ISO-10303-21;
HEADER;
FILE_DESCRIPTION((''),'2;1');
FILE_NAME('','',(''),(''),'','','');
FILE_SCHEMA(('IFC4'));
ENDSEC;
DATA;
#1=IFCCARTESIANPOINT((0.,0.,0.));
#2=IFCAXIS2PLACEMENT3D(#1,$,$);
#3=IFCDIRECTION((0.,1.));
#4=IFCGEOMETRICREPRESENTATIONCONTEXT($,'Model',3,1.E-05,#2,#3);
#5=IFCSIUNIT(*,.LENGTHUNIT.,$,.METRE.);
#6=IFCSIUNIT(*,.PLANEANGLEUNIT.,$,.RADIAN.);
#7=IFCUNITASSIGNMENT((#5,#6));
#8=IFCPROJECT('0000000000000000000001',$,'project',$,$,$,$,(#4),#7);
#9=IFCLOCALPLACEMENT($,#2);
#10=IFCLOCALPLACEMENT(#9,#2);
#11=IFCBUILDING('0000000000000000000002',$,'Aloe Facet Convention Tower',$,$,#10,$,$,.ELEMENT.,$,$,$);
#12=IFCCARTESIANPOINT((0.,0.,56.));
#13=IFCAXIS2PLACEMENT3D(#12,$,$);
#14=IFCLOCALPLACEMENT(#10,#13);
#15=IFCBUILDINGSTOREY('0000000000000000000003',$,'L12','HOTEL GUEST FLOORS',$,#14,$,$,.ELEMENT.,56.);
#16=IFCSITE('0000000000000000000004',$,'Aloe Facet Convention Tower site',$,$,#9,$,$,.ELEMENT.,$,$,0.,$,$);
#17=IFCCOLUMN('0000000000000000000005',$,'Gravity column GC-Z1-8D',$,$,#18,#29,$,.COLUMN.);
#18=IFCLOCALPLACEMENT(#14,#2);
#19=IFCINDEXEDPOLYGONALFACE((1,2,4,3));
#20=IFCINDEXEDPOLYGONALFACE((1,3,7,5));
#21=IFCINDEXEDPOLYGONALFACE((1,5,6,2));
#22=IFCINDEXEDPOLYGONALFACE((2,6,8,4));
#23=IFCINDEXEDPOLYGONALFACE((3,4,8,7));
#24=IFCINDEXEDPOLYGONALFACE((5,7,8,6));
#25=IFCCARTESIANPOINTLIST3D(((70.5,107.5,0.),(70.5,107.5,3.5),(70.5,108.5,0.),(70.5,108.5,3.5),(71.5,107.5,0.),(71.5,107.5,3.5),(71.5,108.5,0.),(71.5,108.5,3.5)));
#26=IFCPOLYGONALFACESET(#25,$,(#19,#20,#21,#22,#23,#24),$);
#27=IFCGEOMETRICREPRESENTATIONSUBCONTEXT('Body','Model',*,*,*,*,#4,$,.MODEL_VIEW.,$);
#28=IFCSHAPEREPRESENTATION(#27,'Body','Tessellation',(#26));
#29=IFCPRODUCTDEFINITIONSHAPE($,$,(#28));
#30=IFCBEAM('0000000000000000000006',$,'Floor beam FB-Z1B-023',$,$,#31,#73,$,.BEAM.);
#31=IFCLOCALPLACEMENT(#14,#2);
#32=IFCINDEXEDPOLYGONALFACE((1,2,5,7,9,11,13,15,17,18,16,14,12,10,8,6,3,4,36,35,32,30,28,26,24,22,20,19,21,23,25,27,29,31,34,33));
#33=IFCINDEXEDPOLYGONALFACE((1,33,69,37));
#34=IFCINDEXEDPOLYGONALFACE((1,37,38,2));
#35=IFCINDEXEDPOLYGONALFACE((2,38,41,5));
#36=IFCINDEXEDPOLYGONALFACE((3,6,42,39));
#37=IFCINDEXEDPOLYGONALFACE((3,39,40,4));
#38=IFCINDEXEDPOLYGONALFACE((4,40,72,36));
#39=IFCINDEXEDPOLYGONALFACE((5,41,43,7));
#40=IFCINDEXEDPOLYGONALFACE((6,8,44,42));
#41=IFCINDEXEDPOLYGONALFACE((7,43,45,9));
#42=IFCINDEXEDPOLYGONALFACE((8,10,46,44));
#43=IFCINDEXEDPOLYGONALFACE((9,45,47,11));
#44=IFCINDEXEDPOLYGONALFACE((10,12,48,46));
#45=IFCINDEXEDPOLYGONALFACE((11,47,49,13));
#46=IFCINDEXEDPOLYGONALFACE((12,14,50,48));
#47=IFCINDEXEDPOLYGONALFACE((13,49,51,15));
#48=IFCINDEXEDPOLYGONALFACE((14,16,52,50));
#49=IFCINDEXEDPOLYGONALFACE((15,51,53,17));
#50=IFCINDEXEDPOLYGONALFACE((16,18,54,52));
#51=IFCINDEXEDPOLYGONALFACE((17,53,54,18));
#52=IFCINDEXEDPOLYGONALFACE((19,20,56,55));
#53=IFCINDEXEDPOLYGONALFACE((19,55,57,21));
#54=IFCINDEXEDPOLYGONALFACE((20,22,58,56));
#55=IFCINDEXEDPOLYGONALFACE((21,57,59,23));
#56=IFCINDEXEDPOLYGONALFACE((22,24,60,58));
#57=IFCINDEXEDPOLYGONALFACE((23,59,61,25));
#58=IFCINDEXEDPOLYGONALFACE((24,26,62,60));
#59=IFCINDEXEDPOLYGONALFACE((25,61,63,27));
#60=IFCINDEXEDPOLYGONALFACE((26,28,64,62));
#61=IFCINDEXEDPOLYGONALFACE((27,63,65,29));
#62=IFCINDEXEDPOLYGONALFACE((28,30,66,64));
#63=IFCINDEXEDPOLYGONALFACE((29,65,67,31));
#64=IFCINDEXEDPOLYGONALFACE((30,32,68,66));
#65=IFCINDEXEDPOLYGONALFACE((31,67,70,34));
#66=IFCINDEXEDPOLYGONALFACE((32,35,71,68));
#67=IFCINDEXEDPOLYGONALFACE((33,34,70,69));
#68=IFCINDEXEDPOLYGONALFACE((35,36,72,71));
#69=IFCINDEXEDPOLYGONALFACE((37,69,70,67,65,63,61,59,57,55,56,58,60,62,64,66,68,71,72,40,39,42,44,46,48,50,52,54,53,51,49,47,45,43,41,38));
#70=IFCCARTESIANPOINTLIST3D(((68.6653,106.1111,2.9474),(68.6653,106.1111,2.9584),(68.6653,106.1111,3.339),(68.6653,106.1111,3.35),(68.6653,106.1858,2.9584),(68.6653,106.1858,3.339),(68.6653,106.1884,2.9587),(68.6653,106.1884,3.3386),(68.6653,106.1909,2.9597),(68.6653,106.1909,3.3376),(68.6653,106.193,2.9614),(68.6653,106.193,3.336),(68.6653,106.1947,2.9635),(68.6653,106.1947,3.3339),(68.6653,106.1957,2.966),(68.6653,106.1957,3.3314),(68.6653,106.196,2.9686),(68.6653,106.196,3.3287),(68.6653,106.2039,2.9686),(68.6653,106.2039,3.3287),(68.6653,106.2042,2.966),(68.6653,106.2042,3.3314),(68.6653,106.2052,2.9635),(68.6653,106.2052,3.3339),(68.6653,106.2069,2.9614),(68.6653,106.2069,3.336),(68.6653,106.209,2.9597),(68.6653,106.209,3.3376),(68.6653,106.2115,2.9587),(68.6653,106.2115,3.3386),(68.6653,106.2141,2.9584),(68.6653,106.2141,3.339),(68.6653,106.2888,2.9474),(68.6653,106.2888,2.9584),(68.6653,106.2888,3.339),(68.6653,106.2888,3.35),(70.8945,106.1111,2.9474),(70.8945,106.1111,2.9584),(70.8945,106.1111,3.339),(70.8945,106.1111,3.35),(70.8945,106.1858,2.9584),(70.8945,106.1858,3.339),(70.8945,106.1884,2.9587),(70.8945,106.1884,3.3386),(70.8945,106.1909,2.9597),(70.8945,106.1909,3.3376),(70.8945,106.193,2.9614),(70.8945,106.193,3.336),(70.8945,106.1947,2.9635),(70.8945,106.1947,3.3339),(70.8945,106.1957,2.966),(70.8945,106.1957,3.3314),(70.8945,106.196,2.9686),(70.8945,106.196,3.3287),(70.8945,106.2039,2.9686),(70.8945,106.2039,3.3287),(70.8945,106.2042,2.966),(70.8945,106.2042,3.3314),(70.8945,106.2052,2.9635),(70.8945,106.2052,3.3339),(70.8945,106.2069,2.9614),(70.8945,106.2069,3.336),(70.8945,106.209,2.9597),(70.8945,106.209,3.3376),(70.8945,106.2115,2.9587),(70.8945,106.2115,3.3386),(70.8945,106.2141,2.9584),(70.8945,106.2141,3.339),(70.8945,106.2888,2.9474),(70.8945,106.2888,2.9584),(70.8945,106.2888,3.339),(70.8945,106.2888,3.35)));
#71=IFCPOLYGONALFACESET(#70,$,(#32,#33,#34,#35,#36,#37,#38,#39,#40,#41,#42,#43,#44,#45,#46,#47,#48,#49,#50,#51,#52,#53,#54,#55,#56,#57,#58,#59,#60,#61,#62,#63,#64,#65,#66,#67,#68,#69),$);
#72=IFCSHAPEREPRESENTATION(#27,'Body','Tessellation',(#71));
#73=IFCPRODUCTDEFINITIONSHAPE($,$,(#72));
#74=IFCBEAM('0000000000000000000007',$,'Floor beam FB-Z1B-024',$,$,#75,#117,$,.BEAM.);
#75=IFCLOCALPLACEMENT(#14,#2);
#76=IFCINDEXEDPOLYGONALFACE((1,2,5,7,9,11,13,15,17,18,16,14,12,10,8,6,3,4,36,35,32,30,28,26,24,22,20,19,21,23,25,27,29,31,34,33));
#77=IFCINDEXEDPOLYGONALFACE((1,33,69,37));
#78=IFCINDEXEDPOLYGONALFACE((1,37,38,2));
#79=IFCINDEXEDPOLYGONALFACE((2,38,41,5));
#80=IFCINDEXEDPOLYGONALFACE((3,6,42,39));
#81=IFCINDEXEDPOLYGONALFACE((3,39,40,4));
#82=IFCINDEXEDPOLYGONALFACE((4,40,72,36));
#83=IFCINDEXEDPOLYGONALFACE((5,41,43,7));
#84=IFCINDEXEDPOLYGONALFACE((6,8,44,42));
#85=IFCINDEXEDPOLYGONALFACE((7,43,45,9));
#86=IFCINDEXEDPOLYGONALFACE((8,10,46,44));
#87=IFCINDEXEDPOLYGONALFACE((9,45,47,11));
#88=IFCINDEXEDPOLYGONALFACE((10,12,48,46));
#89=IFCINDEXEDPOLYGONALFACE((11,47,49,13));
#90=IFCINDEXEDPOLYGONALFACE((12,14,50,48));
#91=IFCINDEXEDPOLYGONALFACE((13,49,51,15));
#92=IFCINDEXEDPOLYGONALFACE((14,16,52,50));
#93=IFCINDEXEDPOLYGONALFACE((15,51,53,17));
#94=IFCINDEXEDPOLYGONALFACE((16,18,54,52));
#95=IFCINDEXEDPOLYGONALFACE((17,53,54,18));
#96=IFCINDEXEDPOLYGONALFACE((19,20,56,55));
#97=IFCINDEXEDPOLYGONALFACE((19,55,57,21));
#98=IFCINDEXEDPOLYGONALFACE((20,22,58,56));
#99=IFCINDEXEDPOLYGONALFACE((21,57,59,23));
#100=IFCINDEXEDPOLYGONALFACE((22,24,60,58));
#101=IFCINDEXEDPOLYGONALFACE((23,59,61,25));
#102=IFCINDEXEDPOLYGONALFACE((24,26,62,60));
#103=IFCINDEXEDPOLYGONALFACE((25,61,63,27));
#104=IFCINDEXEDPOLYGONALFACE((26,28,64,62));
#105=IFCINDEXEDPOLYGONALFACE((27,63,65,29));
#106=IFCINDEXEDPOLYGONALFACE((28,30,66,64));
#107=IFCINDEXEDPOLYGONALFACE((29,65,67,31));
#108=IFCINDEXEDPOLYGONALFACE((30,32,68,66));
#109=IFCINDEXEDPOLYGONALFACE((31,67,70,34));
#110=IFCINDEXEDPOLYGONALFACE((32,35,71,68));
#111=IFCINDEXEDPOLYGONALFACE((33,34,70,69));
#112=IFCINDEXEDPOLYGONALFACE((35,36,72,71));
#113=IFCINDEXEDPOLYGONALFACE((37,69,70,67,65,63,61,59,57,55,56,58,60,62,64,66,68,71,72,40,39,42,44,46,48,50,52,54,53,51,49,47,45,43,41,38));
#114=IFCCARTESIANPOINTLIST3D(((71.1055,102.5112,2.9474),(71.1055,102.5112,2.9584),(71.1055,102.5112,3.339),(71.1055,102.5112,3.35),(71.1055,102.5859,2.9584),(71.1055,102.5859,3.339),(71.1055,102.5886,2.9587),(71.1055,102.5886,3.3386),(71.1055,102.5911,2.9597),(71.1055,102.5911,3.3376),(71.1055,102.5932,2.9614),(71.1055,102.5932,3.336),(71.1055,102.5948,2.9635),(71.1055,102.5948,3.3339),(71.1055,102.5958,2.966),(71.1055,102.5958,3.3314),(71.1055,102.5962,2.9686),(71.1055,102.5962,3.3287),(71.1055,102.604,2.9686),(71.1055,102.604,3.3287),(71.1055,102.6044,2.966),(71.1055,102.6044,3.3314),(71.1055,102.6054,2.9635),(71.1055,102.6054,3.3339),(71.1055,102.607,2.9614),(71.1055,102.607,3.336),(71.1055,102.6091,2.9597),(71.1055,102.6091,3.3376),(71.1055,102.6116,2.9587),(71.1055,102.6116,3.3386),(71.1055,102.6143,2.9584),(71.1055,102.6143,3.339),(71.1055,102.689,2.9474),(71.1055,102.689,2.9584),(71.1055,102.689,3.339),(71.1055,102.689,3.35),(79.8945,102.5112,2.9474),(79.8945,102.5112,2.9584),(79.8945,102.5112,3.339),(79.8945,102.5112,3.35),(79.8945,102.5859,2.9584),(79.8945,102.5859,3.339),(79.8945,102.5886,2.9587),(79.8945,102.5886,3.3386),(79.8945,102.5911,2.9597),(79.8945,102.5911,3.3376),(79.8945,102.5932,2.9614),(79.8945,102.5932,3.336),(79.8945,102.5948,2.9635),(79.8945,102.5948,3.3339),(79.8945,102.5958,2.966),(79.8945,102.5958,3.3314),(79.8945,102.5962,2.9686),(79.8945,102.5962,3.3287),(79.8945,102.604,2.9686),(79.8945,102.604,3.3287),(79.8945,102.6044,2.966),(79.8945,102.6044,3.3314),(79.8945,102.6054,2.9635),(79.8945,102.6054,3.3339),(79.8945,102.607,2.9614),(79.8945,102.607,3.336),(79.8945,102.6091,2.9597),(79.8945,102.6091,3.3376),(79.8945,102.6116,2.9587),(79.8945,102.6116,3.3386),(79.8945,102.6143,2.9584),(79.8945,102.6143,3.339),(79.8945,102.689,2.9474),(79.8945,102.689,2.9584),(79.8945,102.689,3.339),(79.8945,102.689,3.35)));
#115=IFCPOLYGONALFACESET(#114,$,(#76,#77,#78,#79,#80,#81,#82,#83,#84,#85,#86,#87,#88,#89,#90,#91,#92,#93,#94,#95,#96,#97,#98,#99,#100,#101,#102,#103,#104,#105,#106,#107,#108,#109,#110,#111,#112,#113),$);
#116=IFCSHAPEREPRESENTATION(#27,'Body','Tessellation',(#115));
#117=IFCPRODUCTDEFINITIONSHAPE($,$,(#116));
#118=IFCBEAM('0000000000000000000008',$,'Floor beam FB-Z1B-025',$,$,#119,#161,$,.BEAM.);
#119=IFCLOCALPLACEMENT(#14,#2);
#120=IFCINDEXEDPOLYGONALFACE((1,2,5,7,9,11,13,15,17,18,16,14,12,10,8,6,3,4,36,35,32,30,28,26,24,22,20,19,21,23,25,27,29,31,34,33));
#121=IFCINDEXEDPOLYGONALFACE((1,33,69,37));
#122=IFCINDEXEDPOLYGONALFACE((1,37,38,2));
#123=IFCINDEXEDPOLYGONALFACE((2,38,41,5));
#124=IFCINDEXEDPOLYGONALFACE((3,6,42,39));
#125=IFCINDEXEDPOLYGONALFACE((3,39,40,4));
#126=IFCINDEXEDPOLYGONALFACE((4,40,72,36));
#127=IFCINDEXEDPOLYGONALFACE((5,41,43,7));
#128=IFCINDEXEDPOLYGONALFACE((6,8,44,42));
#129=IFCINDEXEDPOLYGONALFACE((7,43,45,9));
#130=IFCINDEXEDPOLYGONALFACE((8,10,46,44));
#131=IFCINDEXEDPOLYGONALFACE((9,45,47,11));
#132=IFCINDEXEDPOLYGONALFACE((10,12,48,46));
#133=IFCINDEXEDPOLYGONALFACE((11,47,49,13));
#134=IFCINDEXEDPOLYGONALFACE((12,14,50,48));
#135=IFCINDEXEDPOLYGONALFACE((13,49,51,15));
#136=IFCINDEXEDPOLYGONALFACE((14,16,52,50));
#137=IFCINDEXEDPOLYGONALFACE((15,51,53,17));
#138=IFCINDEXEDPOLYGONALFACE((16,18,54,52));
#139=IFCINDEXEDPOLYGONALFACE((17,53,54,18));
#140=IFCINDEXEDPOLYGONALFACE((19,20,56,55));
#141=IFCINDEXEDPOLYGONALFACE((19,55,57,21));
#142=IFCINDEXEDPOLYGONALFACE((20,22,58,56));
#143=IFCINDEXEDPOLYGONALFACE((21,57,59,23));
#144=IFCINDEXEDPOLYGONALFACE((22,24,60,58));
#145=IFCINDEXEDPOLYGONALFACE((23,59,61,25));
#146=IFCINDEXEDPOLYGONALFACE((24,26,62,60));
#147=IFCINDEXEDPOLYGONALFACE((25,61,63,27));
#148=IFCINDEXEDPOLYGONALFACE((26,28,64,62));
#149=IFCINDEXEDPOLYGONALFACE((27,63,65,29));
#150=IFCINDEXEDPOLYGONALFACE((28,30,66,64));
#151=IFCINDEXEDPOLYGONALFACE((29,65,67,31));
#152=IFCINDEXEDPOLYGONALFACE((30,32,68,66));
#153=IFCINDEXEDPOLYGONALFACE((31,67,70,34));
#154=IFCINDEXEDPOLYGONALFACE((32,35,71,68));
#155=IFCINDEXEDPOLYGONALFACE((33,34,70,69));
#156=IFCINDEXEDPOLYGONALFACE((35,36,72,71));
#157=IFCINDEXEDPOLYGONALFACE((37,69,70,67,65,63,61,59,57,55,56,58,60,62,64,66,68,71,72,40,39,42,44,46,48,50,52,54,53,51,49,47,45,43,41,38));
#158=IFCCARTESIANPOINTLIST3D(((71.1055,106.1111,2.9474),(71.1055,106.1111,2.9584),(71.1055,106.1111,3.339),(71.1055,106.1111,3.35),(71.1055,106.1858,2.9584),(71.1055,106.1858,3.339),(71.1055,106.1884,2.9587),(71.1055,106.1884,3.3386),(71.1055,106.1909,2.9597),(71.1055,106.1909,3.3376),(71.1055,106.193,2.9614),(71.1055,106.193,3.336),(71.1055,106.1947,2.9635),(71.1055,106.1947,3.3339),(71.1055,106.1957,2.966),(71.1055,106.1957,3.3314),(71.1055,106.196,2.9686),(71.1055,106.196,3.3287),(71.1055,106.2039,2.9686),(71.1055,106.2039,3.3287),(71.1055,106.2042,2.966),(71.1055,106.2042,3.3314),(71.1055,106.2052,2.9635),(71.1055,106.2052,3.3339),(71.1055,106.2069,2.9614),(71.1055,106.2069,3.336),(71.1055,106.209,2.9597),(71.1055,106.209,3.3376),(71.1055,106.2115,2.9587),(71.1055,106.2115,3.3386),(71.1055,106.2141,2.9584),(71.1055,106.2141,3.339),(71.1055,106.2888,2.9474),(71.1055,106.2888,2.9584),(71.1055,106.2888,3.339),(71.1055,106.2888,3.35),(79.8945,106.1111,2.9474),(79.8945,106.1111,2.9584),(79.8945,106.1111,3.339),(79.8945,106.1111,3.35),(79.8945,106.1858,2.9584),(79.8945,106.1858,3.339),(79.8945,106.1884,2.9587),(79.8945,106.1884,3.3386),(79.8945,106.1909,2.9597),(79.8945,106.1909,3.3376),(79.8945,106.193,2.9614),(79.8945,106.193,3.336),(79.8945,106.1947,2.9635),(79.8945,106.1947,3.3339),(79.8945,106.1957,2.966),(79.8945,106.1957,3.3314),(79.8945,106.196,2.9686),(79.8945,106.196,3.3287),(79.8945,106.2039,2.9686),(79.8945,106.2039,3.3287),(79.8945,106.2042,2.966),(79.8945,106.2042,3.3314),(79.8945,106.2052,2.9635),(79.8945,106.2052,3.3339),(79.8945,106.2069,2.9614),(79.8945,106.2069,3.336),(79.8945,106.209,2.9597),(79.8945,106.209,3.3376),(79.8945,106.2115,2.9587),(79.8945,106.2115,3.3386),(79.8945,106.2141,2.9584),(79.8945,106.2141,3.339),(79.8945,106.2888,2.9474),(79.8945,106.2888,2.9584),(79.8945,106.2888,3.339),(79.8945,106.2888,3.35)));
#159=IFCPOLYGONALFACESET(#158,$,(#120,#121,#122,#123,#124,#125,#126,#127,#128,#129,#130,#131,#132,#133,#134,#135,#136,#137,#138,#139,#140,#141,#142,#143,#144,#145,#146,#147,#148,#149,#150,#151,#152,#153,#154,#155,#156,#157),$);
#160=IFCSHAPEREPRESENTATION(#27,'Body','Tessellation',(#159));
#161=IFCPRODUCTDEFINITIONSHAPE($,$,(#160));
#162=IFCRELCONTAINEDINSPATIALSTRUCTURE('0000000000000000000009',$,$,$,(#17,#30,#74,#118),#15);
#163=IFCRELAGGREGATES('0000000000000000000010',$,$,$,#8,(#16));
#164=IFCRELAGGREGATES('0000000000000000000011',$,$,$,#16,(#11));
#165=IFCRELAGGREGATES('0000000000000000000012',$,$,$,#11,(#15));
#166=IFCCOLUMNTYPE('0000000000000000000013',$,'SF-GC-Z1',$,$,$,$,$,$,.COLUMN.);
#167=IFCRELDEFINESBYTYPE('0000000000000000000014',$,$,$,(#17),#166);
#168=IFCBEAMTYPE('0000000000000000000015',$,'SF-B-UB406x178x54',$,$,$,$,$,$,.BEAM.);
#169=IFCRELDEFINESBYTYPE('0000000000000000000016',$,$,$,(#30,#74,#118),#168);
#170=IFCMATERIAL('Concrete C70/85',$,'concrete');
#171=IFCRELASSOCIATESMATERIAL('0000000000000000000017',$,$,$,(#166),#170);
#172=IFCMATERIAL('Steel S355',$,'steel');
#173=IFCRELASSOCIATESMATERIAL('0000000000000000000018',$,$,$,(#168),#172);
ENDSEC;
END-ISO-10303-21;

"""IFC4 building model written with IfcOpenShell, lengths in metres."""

from ifc_helpers import new_model, si_unit, direction, frame, origin, origin_2d, place, context, subcontext, project, spatial, rectangle, i_section, extrude, material, material_profile, profile_set, type_object, element, save


model = new_model("IFC4")

# Units and contexts
model_context = context("Model", 3, precision=1e-05, world=origin(), true_north=direction((0.0, 1.0)))
body_context = subcontext(model_context, "Body", "Model", "MODEL_VIEW")
ifc_project = project(units=[si_unit("LENGTHUNIT", "METRE"), si_unit("PLANEANGLEUNIT", "RADIAN")], contexts=[model_context])

# Site, building, storey
site_placement = place(None, origin())
site = spatial("IfcSite", under=ifc_project, at=site_placement, Name="Aloe Facet Convention Tower site", CompositionType="ELEMENT", RefElevation=0.0)
building_placement = place(site_placement, origin())
building = spatial("IfcBuilding", under=site, at=building_placement, Name="Aloe Facet Convention Tower", CompositionType="ELEMENT")
storey_placement = place(building_placement, frame((0.0, 0.0, 56.0)))
storey = spatial("IfcBuildingStorey", under=building, at=storey_placement, Name="L12", Description="HOTEL GUEST FLOORS", CompositionType="ELEMENT", Elevation=56.0)

# Column
ifc_material_1 = material(Name="Concrete C70/85", Category="concrete")
ifc_material_profile_1 = material_profile(ifc_material_1, rectangle(XDim=1.0, YDim=1.0, at=origin_2d()), Name="SF-GC-Z1")
ifc_profile_set_1 = profile_set([ifc_material_profile_1], Name="Concrete C70/85")
column_type = type_object("IfcColumnType", Name="SF-GC-Z1", PredefinedType="COLUMN", material=ifc_profile_set_1)
column_placement = place(storey_placement, frame((71.0, 108.0, 0.0), z_axis=(0.0, 0.0, 1.0), x_axis=(1.0, 0.0, 0.0)))
element("IfcColumn", 1, at=column_placement, inside=storey, type_object=column_type, Name="Gravity column GC-Z1-8D", PredefinedType="COLUMN", context=body_context, shape_type="SweptSolid", body=[
    extrude(rectangle(XDim=1.0, YDim=1.0, at=origin_2d()), origin(), (0.0, 0.0, 1.0), 3.5),
])

# Beams
ifc_material_2 = material(Name="Steel S355", Category="steel")
ifc_material_profile_2 = material_profile(ifc_material_2, i_section(OverallWidth=0.1777, OverallDepth=0.4026, WebThickness=0.0078, FlangeThickness=0.011, FilletRadius=0.0103, at=origin_2d()), Name="UB 406x178x54")
ifc_profile_set_2 = profile_set([ifc_material_profile_2], Name="Steel S355")
beam_type_1 = type_object("IfcBeamType", Name="SF-B-UB406x178x54", PredefinedType="BEAM", material=ifc_profile_set_2)
beam_1_placement = place(storey_placement, frame((68.6653, 106.2, 3.1487), z_axis=(1.0, 0.0, 0.0), x_axis=(0.0, 1.0, 0.0)))
element("IfcBeam", 2, at=beam_1_placement, inside=storey, type_object=beam_type_1, Name="Floor beam FB-Z1B-023", PredefinedType="BEAM", context=body_context, shape_type="SweptSolid", body=[
    extrude(i_section(OverallWidth=0.1777, OverallDepth=0.4026, WebThickness=0.0078, FlangeThickness=0.011, FilletRadius=0.0103, at=origin_2d()), origin(), (0.0, 0.0, 1.0), 2.2292),
])
for number, where, z_axis, x_axis, name in (
    (3, (71.1055, 102.6001, 3.1487), (1.0, 0.0, 0.0), (0.0, 1.0, 0.0), "Floor beam FB-Z1B-024"),
    (4, (71.1055, 106.2, 3.1487), (1.0, 0.0, 0.0), (0.0, 1.0, 0.0), "Floor beam FB-Z1B-025"),
):
    element("IfcBeam", number, at=place(storey_placement, frame(where, z_axis=z_axis, x_axis=x_axis)), inside=storey, type_object=beam_type_1, Name=name, PredefinedType="BEAM", context=body_context, shape_type="SweptSolid", body=[
        extrude(i_section(OverallWidth=0.1777, OverallDepth=0.4026, WebThickness=0.0078, FlangeThickness=0.011, FilletRadius=0.0103, at=origin_2d()), origin(), (0.0, 0.0, 1.0), 8.7891),
    ])

save(model, "model.ifc")
